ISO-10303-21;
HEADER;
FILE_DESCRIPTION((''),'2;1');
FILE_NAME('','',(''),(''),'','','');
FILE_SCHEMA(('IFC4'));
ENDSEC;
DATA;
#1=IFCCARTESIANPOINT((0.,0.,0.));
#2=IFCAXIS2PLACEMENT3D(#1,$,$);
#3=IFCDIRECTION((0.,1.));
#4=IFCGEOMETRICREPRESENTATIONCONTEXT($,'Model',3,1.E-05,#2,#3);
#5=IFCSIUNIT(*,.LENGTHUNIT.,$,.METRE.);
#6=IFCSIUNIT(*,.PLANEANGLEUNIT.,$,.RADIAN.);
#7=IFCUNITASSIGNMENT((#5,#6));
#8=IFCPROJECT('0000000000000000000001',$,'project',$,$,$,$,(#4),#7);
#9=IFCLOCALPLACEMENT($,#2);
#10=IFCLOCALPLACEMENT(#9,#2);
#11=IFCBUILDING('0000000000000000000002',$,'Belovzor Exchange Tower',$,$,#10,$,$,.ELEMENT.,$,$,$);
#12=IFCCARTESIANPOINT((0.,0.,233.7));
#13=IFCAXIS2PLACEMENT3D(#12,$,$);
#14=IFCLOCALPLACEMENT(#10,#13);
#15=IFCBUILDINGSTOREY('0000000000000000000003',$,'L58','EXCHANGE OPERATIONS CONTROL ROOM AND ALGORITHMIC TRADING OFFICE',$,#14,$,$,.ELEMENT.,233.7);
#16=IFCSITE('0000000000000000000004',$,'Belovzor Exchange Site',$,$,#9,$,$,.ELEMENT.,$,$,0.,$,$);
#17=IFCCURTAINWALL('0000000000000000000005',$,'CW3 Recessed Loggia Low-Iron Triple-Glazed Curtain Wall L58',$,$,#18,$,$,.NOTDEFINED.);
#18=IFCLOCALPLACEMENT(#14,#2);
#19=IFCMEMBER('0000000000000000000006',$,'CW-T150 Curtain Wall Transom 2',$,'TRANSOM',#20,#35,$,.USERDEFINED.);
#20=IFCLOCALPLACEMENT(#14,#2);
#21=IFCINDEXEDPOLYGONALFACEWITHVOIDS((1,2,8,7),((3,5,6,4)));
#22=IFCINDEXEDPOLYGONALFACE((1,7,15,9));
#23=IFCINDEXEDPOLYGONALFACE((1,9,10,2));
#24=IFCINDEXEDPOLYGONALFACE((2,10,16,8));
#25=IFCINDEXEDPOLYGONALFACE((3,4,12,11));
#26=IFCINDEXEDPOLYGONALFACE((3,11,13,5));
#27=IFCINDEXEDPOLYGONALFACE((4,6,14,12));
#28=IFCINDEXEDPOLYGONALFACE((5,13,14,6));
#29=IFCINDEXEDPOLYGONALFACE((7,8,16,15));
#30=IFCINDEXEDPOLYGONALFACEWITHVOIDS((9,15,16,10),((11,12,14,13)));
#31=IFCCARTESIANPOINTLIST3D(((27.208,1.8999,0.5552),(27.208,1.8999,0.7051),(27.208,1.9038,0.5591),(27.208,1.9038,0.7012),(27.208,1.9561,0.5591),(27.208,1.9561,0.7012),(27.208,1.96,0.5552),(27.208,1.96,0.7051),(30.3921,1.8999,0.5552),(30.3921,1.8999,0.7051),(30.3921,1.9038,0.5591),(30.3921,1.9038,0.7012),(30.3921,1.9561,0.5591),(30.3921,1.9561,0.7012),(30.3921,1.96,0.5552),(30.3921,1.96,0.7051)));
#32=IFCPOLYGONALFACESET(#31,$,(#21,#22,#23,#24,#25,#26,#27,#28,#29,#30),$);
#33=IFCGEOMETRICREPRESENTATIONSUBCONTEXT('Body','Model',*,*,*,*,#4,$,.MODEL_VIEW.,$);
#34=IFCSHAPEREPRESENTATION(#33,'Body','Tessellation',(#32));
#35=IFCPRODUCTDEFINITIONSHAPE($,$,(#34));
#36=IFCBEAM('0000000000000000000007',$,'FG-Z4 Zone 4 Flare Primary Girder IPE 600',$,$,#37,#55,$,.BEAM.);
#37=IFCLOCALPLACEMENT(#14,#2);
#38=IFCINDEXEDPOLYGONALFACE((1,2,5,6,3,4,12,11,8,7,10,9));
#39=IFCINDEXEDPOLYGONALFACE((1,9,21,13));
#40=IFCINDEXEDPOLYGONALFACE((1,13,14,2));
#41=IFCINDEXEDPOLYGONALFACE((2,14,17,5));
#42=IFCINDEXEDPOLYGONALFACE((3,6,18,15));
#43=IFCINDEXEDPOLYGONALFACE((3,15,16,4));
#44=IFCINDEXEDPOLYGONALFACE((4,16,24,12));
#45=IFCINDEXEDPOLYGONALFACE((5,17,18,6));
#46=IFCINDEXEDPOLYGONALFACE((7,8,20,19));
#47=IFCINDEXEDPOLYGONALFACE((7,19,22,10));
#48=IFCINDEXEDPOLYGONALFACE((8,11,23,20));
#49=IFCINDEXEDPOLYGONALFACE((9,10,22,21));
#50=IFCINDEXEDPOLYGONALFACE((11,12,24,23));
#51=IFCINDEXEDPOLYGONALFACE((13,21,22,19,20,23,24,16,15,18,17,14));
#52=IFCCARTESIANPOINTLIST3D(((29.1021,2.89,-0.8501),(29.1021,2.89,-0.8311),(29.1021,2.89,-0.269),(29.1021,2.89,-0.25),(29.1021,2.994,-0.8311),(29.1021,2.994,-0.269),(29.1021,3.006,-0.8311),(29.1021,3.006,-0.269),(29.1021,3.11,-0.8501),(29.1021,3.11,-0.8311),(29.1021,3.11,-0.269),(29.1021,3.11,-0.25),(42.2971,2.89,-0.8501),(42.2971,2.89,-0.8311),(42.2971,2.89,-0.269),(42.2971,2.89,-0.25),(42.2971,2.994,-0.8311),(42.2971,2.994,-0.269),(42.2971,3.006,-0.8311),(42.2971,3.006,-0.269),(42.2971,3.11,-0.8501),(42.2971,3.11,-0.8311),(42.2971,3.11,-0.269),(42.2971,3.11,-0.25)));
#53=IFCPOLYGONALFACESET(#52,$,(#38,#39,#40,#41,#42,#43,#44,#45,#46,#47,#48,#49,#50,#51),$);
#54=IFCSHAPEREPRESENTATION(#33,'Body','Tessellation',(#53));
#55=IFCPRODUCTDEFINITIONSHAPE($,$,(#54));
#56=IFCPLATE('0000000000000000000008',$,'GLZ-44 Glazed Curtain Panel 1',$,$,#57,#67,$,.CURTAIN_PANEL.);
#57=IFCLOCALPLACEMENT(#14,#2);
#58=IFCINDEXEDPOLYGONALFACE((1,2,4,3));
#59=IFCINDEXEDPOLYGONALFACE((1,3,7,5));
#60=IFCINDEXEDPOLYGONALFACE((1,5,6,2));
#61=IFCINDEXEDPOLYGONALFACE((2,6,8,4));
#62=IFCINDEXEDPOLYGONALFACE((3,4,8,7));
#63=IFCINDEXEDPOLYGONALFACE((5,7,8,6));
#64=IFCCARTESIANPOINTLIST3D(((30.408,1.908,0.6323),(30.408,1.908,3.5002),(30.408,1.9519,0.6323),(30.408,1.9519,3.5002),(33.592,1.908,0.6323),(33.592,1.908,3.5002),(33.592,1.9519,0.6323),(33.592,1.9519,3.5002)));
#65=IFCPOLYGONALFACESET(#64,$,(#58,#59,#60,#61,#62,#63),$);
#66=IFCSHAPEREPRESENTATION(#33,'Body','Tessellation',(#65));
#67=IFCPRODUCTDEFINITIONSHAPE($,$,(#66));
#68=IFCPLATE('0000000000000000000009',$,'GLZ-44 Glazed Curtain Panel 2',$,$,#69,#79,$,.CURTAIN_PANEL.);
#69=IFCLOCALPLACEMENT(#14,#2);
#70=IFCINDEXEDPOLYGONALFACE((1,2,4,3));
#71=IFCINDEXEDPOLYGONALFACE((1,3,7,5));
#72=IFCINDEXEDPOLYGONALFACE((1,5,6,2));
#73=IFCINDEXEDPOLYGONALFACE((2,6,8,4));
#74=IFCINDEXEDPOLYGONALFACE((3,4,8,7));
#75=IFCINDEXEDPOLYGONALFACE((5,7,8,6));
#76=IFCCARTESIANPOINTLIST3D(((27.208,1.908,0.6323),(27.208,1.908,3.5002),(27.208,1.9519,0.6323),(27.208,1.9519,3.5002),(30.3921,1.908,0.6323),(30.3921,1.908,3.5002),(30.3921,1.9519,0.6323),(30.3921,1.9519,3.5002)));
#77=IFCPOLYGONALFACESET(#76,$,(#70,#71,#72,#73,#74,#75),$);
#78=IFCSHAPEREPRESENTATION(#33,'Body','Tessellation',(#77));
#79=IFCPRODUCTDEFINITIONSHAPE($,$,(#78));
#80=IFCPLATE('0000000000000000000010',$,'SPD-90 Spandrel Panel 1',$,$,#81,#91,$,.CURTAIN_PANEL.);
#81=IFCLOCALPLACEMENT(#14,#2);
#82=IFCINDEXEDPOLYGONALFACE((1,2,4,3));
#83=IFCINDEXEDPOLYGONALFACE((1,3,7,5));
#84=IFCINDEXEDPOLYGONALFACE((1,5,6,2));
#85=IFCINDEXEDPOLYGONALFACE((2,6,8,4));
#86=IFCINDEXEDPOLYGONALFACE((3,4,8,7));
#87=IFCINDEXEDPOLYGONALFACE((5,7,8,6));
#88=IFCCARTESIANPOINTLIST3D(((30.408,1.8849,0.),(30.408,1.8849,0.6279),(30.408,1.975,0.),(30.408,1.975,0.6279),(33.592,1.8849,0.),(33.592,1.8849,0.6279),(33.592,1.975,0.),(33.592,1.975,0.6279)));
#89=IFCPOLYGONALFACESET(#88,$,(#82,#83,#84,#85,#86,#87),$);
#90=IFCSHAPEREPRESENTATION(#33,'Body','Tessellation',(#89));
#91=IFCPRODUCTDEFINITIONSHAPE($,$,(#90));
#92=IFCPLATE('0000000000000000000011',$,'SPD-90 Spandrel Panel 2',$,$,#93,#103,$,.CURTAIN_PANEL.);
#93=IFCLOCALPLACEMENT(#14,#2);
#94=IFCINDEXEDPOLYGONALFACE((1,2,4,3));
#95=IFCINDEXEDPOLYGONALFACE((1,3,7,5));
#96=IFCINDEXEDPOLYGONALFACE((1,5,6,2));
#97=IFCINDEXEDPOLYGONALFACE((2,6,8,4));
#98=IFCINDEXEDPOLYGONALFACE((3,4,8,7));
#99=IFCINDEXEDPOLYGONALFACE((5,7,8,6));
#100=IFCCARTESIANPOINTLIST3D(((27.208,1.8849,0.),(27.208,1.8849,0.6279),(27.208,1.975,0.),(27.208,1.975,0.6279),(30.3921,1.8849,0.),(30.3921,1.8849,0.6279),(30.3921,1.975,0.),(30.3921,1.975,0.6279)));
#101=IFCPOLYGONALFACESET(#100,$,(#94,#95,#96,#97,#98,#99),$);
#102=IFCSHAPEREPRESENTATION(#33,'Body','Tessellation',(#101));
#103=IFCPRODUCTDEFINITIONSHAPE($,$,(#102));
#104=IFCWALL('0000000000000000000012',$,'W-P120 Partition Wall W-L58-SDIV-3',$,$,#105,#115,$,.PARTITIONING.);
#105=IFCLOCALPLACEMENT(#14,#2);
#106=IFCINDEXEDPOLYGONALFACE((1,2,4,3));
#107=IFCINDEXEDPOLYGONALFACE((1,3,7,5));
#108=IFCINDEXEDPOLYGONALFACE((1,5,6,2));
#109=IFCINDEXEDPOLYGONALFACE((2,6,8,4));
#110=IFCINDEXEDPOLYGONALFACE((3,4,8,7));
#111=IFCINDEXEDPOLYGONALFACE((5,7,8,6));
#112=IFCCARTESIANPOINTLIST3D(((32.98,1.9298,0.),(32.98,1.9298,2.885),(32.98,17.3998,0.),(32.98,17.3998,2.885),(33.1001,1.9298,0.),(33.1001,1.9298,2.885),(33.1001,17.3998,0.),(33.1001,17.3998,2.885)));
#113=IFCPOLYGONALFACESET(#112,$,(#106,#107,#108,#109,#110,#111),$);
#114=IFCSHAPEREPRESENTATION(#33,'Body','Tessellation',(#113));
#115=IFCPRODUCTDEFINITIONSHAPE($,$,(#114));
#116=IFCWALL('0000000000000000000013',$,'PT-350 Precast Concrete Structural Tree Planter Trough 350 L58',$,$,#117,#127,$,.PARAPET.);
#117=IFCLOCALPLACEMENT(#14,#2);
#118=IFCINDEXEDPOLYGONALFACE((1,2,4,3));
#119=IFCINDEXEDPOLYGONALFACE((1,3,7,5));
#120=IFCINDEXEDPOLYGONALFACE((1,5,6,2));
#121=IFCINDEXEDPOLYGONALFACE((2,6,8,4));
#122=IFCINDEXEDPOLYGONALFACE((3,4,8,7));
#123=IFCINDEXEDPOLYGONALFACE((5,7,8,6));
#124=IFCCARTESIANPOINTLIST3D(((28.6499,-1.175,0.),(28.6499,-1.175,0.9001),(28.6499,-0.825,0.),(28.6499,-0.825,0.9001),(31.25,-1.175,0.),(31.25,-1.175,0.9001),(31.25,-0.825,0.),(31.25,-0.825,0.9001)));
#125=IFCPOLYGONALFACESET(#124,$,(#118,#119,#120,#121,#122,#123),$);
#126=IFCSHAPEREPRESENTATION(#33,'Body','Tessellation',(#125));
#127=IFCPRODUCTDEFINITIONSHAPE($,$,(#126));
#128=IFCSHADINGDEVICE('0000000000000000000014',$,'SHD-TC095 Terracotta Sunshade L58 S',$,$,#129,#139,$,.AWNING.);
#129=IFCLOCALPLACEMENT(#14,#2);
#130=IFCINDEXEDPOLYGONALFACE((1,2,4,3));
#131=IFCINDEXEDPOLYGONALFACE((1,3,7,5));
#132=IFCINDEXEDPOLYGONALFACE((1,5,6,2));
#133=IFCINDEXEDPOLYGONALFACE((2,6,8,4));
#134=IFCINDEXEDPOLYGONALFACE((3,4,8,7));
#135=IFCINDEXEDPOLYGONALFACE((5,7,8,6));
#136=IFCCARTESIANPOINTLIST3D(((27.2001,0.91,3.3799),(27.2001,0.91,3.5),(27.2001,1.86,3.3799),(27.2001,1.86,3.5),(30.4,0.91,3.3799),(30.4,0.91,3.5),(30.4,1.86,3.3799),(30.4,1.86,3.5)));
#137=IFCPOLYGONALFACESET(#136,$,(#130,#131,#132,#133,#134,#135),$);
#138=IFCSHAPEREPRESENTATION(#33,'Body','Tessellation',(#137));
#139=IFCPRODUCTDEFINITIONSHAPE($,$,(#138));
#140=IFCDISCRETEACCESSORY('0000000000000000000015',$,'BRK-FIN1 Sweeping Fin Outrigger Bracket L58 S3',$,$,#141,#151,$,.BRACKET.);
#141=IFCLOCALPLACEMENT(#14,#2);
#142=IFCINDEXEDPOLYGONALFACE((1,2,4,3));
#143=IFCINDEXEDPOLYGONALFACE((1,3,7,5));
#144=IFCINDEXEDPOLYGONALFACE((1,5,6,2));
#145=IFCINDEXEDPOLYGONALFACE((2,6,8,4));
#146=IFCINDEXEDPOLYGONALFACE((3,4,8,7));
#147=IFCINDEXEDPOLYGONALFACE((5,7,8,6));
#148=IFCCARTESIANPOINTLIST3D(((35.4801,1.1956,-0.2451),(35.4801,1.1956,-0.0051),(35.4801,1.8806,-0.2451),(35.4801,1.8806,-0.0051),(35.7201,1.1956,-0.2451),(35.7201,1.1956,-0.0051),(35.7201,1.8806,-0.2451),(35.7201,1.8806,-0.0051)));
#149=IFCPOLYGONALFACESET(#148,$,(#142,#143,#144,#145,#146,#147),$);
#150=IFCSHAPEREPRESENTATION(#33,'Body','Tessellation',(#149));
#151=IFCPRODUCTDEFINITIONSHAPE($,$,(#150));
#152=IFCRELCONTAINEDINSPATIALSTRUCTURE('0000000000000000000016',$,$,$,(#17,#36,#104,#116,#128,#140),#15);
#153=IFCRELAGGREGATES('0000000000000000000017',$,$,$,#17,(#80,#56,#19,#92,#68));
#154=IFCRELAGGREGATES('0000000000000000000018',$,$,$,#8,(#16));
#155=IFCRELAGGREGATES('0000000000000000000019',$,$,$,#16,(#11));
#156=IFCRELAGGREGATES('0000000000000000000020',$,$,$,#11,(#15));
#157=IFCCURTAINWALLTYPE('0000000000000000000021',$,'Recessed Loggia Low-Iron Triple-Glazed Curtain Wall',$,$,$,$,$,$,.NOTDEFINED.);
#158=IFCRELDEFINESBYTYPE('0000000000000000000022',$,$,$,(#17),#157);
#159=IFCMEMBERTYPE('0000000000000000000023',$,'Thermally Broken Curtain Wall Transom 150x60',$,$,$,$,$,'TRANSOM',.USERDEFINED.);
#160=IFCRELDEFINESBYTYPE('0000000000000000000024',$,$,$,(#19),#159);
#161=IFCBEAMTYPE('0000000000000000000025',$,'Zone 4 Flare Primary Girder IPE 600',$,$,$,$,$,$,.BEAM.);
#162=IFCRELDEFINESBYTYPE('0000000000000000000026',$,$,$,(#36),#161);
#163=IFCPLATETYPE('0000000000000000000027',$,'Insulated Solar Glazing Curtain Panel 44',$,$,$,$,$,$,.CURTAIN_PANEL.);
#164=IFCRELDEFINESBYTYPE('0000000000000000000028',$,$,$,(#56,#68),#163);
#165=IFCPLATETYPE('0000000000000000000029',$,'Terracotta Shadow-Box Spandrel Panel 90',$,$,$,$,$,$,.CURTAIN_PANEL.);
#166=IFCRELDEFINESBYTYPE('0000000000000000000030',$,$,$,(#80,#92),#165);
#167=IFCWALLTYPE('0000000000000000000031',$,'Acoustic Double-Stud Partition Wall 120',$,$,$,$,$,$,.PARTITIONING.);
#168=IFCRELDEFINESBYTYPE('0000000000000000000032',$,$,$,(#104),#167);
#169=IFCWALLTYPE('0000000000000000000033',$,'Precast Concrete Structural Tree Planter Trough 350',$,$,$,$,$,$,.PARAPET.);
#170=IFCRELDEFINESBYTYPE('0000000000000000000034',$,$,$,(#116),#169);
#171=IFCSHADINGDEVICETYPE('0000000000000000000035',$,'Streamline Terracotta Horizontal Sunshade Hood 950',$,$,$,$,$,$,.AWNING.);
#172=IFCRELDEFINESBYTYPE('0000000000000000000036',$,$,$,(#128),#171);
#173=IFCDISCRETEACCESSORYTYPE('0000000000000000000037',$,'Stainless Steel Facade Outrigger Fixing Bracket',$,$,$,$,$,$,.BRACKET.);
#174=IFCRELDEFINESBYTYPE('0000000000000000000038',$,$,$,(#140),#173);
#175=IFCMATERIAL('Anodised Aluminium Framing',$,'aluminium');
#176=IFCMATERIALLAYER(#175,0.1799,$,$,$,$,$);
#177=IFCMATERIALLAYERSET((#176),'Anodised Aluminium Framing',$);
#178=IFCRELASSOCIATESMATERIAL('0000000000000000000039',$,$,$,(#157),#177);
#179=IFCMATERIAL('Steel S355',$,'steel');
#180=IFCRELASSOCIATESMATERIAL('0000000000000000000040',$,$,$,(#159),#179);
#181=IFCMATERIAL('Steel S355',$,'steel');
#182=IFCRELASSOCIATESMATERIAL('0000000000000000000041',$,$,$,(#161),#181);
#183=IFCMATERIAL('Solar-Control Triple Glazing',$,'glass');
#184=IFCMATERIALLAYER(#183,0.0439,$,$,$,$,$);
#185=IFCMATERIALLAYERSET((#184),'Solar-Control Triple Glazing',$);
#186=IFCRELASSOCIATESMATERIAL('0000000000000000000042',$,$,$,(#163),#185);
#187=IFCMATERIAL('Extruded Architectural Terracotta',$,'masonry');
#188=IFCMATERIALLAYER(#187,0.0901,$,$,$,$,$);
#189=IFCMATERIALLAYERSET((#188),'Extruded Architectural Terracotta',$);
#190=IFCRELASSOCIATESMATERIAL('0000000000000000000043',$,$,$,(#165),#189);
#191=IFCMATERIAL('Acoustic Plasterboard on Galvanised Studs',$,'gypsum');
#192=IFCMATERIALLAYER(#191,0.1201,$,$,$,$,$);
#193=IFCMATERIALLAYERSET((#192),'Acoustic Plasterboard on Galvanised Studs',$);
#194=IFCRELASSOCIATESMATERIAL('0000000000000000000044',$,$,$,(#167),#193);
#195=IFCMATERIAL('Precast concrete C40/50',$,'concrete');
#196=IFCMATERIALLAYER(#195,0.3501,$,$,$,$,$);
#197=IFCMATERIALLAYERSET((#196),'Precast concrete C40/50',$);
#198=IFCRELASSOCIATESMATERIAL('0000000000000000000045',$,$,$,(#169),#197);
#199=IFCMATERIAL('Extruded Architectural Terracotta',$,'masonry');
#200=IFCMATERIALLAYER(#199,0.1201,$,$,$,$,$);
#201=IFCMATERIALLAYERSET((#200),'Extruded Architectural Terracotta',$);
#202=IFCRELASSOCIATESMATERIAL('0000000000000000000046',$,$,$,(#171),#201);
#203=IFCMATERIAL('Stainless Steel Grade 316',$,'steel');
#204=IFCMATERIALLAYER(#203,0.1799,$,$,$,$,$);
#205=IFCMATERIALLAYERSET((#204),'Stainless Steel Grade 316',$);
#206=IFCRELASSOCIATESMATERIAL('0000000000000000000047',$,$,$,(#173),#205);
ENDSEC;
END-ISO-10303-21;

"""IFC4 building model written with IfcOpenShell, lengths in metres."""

from ifc_helpers import new_model, si_unit, direction, frame, frame_2d, origin, origin_2d, place, context, subcontext, project, spatial, rectangle, hollow_rectangle, i_section, extrude, material, layer, layer_set, material_profile, profile_set, type_object, element, aggregate, save


model = new_model("IFC4")

# Units and contexts
model_context = context("Model", 3, precision=1e-05, world=origin(), true_north=direction((0.0, 1.0)))
body_context = subcontext(model_context, "Body", "Model", "MODEL_VIEW")
ifc_project = project(units=[si_unit("LENGTHUNIT", "METRE"), si_unit("PLANEANGLEUNIT", "RADIAN")], contexts=[model_context])

# Site, building, storey
site_placement = place(None, origin())
site = spatial("IfcSite", under=ifc_project, at=site_placement, Name="Belovzor Exchange Site", CompositionType="ELEMENT", RefElevation=0.0)
building_placement = place(site_placement, origin())
building = spatial("IfcBuilding", under=site, at=building_placement, Name="Belovzor Exchange Tower", CompositionType="ELEMENT")
storey_placement = place(building_placement, frame((0.0, 0.0, 233.7)))
storey = spatial("IfcBuildingStorey", under=building, at=storey_placement, Name="L58", Description="EXCHANGE OPERATIONS CONTROL ROOM AND ALGORITHMIC TRADING OFFICE", CompositionType="ELEMENT", Elevation=233.7)

# Curtain wall, member
ifc_material_1 = material(Name="Anodised Aluminium Framing", Category="aluminium")
ifc_layer_1 = layer(ifc_material_1, 0.1799)
ifc_layer_set_1 = layer_set([ifc_layer_1], Name="Anodised Aluminium Framing")
curtain_wall_type = type_object("IfcCurtainWallType", Name="Recessed Loggia Low-Iron Triple-Glazed Curtain Wall", PredefinedType="NOTDEFINED", material=ifc_layer_set_1)
curtain_wall_placement = place(storey_placement, origin())
curtain_wall = element("IfcCurtainWall", 1, at=curtain_wall_placement, inside=storey, type_object=curtain_wall_type, Name="CW3 Recessed Loggia Low-Iron Triple-Glazed Curtain Wall L58", PredefinedType="NOTDEFINED")
ifc_material_2 = material(Name="Steel S355", Category="steel")
ifc_material_profile_1 = material_profile(ifc_material_2, hollow_rectangle(XDim=0.0601, YDim=0.1499, WallThickness=0.0039, at=origin_2d()))
ifc_profile_set_1 = profile_set([ifc_material_profile_1], Name="Steel S355")
member_type_1 = type_object("IfcMemberType", Name="Thermally Broken Curtain Wall Transom 150x60", ElementType="TRANSOM", PredefinedType="USERDEFINED", material=ifc_profile_set_1)
member_1_placement = place(storey_placement, frame((30.3921, 1.9299, 0.6301), z_axis=(-1.0, 0.0, 0.0), x_axis=(0.0, -1.0, 0.0)))
member_1 = element("IfcMember", 2, at=member_1_placement, type_object=member_type_1, Name="CW-T150 Curtain Wall Transom 2", ObjectType="TRANSOM", PredefinedType="USERDEFINED", context=body_context, shape_type="SweptSolid", body=[
    extrude(hollow_rectangle(XDim=0.0601, YDim=0.1499, WallThickness=0.0039, at=origin_2d()), origin(), (0.0, 0.0, 1.0), 3.1841),
])

# Beam
ifc_material_3 = material(Name="Steel S355", Category="steel")
ifc_material_profile_2 = material_profile(ifc_material_3, i_section(OverallWidth=0.22, OverallDepth=0.6001, WebThickness=0.012, FlangeThickness=0.019, at=origin_2d()))
ifc_profile_set_2 = profile_set([ifc_material_profile_2], Name="Steel S355")
beam_type_1 = type_object("IfcBeamType", Name="Zone 4 Flare Primary Girder IPE 600", PredefinedType="BEAM", material=ifc_profile_set_2)
beam_1_placement = place(storey_placement, frame((29.1021, 3.0, -0.55), z_axis=(1.0, 0.0, 0.0), x_axis=(0.0, 1.0, 0.0)))
element("IfcBeam", 3, at=beam_1_placement, inside=storey, type_object=beam_type_1, Name="FG-Z4 Zone 4 Flare Primary Girder IPE 600", PredefinedType="BEAM", context=body_context, shape_type="SweptSolid", body=[
    extrude(i_section(OverallWidth=0.22, OverallDepth=0.6001, WebThickness=0.012, FlangeThickness=0.019, at=origin_2d()), origin(), (0.0, 0.0, 1.0), 13.1951),
])

# Plates
ifc_material_4 = material(Name="Solar-Control Triple Glazing", Category="glass")
ifc_layer_2 = layer(ifc_material_4, 0.0439)
ifc_layer_set_2 = layer_set([ifc_layer_2], Name="Solar-Control Triple Glazing")
plate_type_1 = type_object("IfcPlateType", Name="Insulated Solar Glazing Curtain Panel 44", PredefinedType="CURTAIN_PANEL", material=ifc_layer_set_2)
plate_1_placement = place(storey_placement, frame((32.0, 1.9299, 0.6323), z_axis=(0.0, 0.0, 1.0), x_axis=(-1.0, 0.0, 0.0)))
plate_1 = element("IfcPlate", 4, at=plate_1_placement, type_object=plate_type_1, Name="GLZ-44 Glazed Curtain Panel 1", PredefinedType="CURTAIN_PANEL", context=body_context, shape_type="SweptSolid", body=[
    extrude(rectangle(XDim=3.1841, YDim=0.0439, at=origin_2d()), origin(), (0.0, 0.0, 1.0), 2.8679),
])
plate_2_placement = place(storey_placement, frame((28.8, 1.9299, 0.6323), z_axis=(0.0, 0.0, 1.0), x_axis=(-1.0, 0.0, 0.0)))
plate_2 = element("IfcPlate", 5, at=plate_2_placement, type_object=plate_type_1, Name="GLZ-44 Glazed Curtain Panel 2", PredefinedType="CURTAIN_PANEL", context=body_context, shape_type="SweptSolid", body=[
    extrude(rectangle(XDim=3.1841, YDim=0.0439, at=origin_2d()), origin(), (0.0, 0.0, 1.0), 2.8679),
])
ifc_material_5 = material(Name="Extruded Architectural Terracotta", Category="masonry")
ifc_layer_3 = layer(ifc_material_5, 0.0901)
ifc_layer_set_3 = layer_set([ifc_layer_3], Name="Extruded Architectural Terracotta")
plate_type_2 = type_object("IfcPlateType", Name="Terracotta Shadow-Box Spandrel Panel 90", PredefinedType="CURTAIN_PANEL", material=ifc_layer_set_3)
plate_3_placement = place(storey_placement, frame((32.0, 1.9299, 0.0), z_axis=(0.0, 0.0, 1.0), x_axis=(-1.0, 0.0, 0.0)))
plate_3 = element("IfcPlate", 6, at=plate_3_placement, type_object=plate_type_2, Name="SPD-90 Spandrel Panel 1", PredefinedType="CURTAIN_PANEL", context=body_context, shape_type="SweptSolid", body=[
    extrude(rectangle(XDim=3.1841, YDim=0.0901, at=origin_2d()), origin(), (0.0, 0.0, 1.0), 0.6279),
])
plate_4_placement = place(storey_placement, frame((28.8, 1.9299, 0.0), z_axis=(0.0, 0.0, 1.0), x_axis=(-1.0, 0.0, 0.0)))
plate_4 = element("IfcPlate", 7, at=plate_4_placement, type_object=plate_type_2, Name="SPD-90 Spandrel Panel 2", PredefinedType="CURTAIN_PANEL", context=body_context, shape_type="SweptSolid", body=[
    extrude(rectangle(XDim=3.1841, YDim=0.0901, at=origin_2d()), origin(), (0.0, 0.0, 1.0), 0.6279),
])
aggregate(curtain_wall, [plate_3, plate_1, member_1, plate_4, plate_2])

# Walls
ifc_material_6 = material(Name="Acoustic Plasterboard on Galvanised Studs", Category="gypsum")
ifc_layer_4 = layer(ifc_material_6, 0.1201)
ifc_layer_set_4 = layer_set([ifc_layer_4], Name="Acoustic Plasterboard on Galvanised Studs")
wall_type_1 = type_object("IfcWallType", Name="Acoustic Double-Stud Partition Wall 120", PredefinedType="PARTITIONING", material=ifc_layer_set_4)
wall_1_placement = place(storey_placement, frame((33.04, 1.9299, 0.0), z_axis=(0.0, 0.0, 1.0), x_axis=(0.0, 1.0, 0.0)))
element("IfcWall", 8, at=wall_1_placement, inside=storey, type_object=wall_type_1, Name="W-P120 Partition Wall W-L58-SDIV-3", PredefinedType="PARTITIONING", context=body_context, shape_type="SweptSolid", body=[
    extrude(rectangle(XDim=15.47, YDim=0.1201, at=frame_2d((7.7349, 0.0))), origin(), (0.0, 0.0, 1.0), 2.885),
])
ifc_material_7 = material(Name="Precast concrete C40/50", Category="concrete")
ifc_layer_5 = layer(ifc_material_7, 0.3501)
ifc_layer_set_5 = layer_set([ifc_layer_5], Name="Precast concrete C40/50")
wall_type_2 = type_object("IfcWallType", Name="Precast Concrete Structural Tree Planter Trough 350", PredefinedType="PARAPET", material=ifc_layer_set_5)
wall_2_placement = place(storey_placement, frame((28.6499, -1.0, 0.0), z_axis=(0.0, 0.0, 1.0), x_axis=(1.0, 0.0, 0.0)))
element("IfcWall", 9, at=wall_2_placement, inside=storey, type_object=wall_type_2, Name="PT-350 Precast Concrete Structural Tree Planter Trough 350 L58", PredefinedType="PARAPET", context=body_context, shape_type="SweptSolid", body=[
    extrude(rectangle(XDim=2.6001, YDim=0.3501, at=frame_2d((1.3, 0.0))), origin(), (0.0, 0.0, 1.0), 0.9001),
])

# Shading device
ifc_material_8 = material(Name="Extruded Architectural Terracotta", Category="masonry")
ifc_layer_6 = layer(ifc_material_8, 0.1201)
ifc_layer_set_6 = layer_set([ifc_layer_6], Name="Extruded Architectural Terracotta")
shading_device_type = type_object("IfcShadingDeviceType", Name="Streamline Terracotta Horizontal Sunshade Hood 950", PredefinedType="AWNING", material=ifc_layer_set_6)
shading_device_placement = place(storey_placement, frame((28.8, 1.385, 3.3799), z_axis=(0.0, 0.0, 1.0), x_axis=(1.0, 0.0, 0.0)))
element("IfcShadingDevice", 10, at=shading_device_placement, inside=storey, type_object=shading_device_type, Name="SHD-TC095 Terracotta Sunshade L58 S", PredefinedType="AWNING", context=body_context, shape_type="SweptSolid", body=[
    extrude(rectangle(XDim=3.2, YDim=0.95, at=origin_2d()), origin(), (0.0, 0.0, 1.0), 0.1201),
])

# Discrete accessory
ifc_material_9 = material(Name="Stainless Steel Grade 316", Category="steel")
ifc_layer_7 = layer(ifc_material_9, 0.1799)
ifc_layer_set_7 = layer_set([ifc_layer_7], Name="Stainless Steel Grade 316")
discrete_accessory_type = type_object("IfcDiscreteAccessoryType", Name="Stainless Steel Facade Outrigger Fixing Bracket", PredefinedType="BRACKET", material=ifc_layer_set_7)
discrete_accessory_placement = place(storey_placement, frame((35.6001, 1.5381, -0.2451), z_axis=(0.0, 0.0, 1.0), x_axis=(0.0, 1.0, 0.0)))
element("IfcDiscreteAccessory", 11, at=discrete_accessory_placement, inside=storey, type_object=discrete_accessory_type, Name="BRK-FIN1 Sweeping Fin Outrigger Bracket L58 S3", PredefinedType="BRACKET", context=body_context, shape_type="SweptSolid", body=[
    extrude(rectangle(XDim=0.6851, YDim=0.24, at=origin_2d()), origin(), (0.0, 0.0, 1.0), 0.24),
])

save(model, "model.ifc")
